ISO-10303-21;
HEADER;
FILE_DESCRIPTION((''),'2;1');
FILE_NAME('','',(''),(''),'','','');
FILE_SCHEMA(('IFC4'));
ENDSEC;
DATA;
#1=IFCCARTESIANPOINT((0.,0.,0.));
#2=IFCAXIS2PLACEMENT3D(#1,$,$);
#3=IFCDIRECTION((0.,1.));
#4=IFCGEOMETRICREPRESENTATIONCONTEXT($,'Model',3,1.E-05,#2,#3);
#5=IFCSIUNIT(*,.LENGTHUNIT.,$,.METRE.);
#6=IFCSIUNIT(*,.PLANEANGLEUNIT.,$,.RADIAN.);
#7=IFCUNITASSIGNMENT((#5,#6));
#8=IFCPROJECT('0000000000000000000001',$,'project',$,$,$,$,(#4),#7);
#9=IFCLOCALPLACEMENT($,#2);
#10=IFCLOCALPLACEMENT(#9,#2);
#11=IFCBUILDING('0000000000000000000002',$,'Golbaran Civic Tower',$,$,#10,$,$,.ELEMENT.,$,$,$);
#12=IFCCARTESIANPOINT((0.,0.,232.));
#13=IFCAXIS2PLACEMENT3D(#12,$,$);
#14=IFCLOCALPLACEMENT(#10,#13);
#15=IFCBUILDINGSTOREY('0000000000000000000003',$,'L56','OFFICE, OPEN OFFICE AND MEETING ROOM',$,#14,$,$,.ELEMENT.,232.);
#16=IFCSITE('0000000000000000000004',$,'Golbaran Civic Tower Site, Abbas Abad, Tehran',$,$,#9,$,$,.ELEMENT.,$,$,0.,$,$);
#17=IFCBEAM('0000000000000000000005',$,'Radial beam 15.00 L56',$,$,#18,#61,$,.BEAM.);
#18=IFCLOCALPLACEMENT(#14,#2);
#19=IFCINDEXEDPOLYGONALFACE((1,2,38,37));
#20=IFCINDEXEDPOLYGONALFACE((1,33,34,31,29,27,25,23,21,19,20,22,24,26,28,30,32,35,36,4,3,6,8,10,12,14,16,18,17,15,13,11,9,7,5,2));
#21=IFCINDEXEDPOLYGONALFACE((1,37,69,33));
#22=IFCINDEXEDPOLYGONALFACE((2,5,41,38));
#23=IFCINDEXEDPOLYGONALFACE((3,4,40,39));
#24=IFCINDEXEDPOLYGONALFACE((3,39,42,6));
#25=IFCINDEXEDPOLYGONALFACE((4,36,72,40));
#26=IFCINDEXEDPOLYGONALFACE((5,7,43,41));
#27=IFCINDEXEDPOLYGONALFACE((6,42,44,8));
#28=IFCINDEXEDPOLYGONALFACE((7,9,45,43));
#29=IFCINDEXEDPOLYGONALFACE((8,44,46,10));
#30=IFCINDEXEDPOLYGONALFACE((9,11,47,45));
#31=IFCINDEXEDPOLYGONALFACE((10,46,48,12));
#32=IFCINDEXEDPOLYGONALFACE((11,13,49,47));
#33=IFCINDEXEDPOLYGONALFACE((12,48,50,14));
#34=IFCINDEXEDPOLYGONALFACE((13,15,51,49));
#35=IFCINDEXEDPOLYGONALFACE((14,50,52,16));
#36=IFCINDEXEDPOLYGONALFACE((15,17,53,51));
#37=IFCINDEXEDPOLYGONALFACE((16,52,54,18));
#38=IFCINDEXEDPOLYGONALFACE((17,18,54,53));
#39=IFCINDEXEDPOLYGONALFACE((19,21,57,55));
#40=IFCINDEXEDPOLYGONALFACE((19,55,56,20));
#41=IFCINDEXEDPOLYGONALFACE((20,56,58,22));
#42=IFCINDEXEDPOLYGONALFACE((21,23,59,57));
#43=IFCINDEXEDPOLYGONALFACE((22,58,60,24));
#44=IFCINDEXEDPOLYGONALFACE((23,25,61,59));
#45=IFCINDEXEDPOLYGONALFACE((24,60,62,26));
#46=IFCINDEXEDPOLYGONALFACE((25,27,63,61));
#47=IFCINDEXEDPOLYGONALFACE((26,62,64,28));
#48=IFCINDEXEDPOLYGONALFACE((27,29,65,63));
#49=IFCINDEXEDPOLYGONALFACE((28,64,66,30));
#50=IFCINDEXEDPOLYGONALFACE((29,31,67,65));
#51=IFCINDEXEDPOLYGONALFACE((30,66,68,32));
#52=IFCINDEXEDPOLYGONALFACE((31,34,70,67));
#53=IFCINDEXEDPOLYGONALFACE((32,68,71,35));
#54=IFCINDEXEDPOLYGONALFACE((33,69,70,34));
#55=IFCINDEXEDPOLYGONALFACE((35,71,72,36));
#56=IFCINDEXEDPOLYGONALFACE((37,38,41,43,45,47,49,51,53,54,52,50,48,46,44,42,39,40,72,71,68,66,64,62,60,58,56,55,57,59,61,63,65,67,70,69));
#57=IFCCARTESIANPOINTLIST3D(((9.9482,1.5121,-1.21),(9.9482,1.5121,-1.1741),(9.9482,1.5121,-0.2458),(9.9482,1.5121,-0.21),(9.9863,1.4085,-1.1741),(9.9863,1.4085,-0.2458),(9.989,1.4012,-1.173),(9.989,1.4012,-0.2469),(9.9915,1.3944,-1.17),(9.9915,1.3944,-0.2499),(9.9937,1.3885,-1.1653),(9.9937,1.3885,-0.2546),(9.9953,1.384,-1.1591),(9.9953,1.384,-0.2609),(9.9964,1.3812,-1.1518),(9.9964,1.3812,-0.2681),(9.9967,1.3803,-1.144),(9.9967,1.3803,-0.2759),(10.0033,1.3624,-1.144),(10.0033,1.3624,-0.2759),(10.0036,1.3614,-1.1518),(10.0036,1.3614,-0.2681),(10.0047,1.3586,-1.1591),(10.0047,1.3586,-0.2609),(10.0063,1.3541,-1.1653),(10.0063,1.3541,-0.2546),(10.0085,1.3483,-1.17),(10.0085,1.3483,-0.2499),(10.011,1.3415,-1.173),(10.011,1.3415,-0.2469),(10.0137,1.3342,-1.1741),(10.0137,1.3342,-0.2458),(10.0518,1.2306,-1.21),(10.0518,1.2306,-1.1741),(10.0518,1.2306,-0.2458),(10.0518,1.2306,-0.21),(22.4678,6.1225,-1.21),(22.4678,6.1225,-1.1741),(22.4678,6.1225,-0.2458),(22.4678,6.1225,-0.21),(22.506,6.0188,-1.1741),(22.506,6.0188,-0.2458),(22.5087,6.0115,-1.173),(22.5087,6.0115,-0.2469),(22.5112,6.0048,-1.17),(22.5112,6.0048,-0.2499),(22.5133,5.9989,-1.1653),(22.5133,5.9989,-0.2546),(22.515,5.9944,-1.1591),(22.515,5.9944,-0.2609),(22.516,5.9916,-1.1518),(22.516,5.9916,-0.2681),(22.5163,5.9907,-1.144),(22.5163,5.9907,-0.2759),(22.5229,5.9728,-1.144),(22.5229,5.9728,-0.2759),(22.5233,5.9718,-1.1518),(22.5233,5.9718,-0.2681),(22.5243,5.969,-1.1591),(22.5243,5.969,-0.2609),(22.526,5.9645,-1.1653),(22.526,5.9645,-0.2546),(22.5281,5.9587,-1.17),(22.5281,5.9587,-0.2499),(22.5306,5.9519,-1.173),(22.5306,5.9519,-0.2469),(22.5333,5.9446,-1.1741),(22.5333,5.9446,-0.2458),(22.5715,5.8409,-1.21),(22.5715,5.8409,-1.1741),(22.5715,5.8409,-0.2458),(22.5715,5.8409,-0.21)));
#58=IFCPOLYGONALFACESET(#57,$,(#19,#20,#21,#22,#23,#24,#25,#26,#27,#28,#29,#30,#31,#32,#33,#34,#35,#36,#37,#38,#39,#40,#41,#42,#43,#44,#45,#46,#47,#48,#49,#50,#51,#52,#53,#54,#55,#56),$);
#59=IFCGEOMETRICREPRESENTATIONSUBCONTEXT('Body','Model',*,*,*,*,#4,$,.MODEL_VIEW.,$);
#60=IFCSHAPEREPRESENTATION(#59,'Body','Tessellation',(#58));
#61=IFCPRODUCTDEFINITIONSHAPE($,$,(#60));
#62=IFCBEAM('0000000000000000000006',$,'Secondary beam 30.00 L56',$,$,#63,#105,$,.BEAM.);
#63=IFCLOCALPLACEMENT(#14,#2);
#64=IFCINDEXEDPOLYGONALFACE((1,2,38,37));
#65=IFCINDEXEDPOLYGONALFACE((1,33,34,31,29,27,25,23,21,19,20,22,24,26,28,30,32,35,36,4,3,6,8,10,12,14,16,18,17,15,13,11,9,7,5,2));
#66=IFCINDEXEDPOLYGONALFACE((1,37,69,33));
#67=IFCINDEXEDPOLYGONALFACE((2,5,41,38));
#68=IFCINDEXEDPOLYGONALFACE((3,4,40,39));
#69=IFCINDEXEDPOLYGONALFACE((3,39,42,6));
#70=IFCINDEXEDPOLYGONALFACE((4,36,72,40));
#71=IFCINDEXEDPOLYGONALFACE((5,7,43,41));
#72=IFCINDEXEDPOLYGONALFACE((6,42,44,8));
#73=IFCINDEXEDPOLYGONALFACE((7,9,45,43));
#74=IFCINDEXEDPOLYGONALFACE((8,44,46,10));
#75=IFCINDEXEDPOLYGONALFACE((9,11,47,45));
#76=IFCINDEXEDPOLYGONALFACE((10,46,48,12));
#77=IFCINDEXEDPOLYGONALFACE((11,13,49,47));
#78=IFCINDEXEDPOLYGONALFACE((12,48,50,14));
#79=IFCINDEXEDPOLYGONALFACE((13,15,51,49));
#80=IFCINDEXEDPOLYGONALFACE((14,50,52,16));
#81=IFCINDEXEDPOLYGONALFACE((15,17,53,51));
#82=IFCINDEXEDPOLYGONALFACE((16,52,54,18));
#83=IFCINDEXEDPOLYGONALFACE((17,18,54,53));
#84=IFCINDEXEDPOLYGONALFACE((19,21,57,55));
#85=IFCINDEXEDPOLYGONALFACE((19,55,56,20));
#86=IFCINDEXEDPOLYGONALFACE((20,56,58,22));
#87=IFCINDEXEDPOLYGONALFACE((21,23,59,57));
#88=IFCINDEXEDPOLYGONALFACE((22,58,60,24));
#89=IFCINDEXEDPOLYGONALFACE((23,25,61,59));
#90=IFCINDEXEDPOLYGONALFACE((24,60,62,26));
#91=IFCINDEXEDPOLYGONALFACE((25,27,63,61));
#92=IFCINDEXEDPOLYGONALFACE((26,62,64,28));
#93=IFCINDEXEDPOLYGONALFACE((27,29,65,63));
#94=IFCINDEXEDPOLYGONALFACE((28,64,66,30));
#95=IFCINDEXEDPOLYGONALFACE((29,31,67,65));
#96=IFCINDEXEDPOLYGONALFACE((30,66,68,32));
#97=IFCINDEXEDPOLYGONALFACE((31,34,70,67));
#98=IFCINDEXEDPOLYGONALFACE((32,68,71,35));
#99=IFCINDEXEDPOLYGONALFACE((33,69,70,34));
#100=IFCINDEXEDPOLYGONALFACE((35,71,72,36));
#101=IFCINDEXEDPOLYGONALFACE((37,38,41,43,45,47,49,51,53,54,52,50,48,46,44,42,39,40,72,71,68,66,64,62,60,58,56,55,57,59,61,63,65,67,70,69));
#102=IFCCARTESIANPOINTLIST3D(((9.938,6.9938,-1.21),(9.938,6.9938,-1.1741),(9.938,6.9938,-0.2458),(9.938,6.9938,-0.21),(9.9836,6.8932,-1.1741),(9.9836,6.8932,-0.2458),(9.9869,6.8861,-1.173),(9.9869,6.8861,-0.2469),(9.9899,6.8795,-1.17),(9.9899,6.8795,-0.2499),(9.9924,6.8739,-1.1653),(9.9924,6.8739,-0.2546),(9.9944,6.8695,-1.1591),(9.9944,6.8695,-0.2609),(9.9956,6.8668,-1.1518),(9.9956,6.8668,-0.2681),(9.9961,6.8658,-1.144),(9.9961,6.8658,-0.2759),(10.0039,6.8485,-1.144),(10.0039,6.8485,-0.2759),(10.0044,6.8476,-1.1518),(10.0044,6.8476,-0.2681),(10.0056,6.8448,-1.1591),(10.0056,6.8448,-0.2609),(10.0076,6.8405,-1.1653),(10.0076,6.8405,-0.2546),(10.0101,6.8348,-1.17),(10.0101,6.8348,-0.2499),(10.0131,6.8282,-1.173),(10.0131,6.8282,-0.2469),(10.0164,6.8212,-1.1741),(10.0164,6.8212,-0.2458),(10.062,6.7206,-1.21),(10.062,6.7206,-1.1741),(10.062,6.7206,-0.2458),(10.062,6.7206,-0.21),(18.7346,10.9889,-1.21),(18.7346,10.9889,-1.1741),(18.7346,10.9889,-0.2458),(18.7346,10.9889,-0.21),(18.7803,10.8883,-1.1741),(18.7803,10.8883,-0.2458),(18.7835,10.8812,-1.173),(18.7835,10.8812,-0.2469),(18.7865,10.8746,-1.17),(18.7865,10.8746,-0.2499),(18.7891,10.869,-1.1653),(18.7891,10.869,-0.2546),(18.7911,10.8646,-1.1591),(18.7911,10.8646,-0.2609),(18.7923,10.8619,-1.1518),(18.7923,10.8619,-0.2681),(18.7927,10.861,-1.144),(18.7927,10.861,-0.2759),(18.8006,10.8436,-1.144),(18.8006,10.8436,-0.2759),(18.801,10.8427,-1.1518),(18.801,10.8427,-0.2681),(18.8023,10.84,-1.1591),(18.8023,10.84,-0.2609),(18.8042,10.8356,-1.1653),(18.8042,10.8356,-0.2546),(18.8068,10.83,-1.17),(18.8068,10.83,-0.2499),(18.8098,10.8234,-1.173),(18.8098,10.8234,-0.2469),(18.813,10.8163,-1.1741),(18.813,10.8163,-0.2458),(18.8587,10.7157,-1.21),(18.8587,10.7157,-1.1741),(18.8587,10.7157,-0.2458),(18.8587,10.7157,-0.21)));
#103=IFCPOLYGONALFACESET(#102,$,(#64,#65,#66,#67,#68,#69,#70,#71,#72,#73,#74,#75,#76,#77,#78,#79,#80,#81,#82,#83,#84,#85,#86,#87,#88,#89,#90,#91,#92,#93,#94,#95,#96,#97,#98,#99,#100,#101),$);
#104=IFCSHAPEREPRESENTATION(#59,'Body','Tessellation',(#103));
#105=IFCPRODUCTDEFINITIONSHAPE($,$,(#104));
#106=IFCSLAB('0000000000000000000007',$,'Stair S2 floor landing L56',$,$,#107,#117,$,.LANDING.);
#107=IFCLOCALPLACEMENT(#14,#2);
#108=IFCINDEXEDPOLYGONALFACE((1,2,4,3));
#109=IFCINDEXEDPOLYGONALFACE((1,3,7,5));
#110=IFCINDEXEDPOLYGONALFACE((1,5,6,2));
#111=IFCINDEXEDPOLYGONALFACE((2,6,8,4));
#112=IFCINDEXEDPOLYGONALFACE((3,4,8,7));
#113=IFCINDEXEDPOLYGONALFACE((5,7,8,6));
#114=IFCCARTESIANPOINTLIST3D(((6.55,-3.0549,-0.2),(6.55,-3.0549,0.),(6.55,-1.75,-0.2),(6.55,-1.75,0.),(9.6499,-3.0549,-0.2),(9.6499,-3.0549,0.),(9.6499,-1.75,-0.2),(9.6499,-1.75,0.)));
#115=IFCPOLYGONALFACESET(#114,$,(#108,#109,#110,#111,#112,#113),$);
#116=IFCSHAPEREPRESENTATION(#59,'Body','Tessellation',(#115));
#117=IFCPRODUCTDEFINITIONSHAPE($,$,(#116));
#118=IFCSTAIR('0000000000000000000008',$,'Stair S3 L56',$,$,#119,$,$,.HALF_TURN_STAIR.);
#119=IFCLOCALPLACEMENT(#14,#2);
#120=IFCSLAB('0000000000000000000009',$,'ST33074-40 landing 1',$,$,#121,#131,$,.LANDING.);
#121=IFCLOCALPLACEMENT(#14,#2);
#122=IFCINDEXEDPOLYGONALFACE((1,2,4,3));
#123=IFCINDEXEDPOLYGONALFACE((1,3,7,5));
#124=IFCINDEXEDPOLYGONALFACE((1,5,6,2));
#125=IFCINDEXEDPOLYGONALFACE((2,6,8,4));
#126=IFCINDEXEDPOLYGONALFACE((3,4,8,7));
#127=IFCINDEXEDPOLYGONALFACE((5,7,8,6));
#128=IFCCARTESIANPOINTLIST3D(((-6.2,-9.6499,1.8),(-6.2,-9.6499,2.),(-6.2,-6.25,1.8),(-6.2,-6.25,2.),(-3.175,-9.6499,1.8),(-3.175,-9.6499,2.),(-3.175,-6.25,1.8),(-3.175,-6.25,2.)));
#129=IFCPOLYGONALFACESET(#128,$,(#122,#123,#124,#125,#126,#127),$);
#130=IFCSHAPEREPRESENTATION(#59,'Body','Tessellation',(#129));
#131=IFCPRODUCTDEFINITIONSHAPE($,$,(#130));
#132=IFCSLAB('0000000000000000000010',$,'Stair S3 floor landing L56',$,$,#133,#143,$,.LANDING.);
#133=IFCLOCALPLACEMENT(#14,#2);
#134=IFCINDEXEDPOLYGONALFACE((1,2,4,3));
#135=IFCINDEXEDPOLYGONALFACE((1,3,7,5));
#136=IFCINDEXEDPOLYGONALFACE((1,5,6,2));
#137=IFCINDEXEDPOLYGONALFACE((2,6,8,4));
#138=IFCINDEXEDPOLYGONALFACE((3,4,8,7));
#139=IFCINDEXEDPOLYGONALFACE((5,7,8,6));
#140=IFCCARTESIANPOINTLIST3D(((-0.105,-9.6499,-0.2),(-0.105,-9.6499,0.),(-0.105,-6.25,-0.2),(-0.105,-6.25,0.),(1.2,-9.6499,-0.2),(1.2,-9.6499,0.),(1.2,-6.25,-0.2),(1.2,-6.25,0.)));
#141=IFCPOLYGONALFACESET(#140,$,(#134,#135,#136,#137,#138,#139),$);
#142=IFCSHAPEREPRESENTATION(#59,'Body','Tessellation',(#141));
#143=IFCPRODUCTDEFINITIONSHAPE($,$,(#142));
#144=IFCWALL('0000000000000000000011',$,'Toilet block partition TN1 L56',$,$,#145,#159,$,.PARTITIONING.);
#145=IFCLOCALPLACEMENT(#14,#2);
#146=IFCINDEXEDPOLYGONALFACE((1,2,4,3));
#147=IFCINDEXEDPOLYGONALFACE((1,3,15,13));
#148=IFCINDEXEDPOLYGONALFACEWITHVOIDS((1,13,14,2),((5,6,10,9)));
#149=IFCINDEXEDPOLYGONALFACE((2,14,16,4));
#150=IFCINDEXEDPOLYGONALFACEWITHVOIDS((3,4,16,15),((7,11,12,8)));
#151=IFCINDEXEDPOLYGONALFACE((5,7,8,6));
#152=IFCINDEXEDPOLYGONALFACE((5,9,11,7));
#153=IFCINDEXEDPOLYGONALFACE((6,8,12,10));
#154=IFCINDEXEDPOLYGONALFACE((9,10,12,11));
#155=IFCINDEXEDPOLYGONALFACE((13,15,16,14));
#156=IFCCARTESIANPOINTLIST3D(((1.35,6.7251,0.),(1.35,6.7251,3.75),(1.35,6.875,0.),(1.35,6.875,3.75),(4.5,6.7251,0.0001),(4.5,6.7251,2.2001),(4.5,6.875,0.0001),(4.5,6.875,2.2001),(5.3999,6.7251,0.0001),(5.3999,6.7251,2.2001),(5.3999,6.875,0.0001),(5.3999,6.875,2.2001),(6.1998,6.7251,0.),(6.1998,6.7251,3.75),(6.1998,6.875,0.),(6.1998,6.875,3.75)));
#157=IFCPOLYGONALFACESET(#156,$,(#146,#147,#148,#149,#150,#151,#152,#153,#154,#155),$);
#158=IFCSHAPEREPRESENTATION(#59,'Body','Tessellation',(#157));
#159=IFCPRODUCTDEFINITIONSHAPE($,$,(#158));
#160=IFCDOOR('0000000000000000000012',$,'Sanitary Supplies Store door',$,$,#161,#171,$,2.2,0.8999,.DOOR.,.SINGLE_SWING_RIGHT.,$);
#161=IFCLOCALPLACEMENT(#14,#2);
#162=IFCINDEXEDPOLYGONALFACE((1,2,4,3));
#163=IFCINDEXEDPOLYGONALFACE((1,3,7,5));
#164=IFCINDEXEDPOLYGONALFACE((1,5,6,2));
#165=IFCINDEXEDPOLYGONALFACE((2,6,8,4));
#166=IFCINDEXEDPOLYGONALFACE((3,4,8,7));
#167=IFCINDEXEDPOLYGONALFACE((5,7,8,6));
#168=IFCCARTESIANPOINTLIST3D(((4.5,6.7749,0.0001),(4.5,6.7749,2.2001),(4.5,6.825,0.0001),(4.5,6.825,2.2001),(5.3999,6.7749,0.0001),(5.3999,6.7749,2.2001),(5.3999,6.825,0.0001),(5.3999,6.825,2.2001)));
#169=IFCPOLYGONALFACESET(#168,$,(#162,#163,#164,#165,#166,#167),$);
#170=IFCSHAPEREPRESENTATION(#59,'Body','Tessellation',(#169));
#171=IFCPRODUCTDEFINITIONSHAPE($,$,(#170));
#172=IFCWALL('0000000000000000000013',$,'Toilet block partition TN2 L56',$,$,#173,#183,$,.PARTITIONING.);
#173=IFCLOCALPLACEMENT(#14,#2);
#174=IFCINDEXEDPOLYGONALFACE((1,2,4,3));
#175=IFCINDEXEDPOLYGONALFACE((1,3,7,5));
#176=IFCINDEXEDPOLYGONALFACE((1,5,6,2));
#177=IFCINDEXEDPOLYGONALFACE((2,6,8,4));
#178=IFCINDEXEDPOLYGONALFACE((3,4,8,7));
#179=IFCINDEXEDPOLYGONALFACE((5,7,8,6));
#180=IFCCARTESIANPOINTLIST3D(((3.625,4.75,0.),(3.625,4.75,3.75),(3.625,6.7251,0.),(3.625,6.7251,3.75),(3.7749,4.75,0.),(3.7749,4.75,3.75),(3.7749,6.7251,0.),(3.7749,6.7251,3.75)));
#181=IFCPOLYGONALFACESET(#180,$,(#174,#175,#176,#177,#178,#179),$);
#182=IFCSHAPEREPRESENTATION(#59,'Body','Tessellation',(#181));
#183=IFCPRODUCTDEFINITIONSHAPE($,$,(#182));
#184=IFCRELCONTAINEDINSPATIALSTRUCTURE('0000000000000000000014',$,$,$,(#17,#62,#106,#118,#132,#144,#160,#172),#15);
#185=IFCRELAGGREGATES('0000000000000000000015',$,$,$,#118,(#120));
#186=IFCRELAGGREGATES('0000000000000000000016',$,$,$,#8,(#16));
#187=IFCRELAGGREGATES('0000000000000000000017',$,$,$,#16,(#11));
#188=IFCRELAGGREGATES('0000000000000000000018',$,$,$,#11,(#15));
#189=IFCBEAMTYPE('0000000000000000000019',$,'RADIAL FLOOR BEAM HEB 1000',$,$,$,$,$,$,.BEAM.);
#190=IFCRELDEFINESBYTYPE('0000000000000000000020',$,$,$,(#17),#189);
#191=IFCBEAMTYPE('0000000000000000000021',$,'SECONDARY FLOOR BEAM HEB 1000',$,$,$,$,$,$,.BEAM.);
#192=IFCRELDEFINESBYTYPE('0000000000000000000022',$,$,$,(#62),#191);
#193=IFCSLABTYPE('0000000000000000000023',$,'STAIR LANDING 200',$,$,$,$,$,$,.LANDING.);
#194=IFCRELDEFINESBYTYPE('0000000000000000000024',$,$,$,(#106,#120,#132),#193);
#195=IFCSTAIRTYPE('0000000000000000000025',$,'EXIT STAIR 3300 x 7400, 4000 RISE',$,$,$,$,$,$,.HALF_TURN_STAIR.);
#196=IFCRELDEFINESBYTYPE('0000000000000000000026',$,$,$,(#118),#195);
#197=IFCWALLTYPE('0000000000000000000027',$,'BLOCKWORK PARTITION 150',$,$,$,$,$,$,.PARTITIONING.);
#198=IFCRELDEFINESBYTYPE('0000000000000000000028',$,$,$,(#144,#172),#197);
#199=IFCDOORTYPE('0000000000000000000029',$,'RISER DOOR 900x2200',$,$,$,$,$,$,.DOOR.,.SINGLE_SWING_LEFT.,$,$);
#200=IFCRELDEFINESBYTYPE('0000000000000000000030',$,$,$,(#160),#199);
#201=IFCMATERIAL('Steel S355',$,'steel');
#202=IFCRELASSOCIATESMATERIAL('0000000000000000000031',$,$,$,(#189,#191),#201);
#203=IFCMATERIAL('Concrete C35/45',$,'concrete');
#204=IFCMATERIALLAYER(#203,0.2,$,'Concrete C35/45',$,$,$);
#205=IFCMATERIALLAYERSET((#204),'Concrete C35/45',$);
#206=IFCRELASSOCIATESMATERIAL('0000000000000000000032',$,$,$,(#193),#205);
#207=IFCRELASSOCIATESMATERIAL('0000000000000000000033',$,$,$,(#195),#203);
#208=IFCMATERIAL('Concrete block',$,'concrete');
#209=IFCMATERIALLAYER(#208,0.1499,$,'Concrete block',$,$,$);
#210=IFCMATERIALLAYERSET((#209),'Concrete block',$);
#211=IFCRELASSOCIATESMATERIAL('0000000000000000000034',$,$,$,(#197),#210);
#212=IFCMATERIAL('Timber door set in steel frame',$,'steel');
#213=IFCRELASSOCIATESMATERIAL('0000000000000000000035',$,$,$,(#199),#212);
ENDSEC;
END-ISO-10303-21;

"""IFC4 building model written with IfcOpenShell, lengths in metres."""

from ifc_helpers import new_model, si_unit, direction, frame, frame_2d, origin, origin_2d, place, context, subcontext, project, spatial, polyline, rectangle, i_section, outline, extrude, material, layer, layer_set, material_profile, profile_set, type_object, element, fill, aggregate, save


model = new_model("IFC4")

# Units and contexts
model_context = context("Model", 3, precision=1e-05, world=origin(), true_north=direction((0.0, 1.0)))
body_context = subcontext(model_context, "Body", "Model", "MODEL_VIEW")
ifc_project = project(units=[si_unit("LENGTHUNIT", "METRE"), si_unit("PLANEANGLEUNIT", "RADIAN")], contexts=[model_context])

# Site, building, storey
site_placement = place(None, origin())
site = spatial("IfcSite", under=ifc_project, at=site_placement, Name="Golbaran Civic Tower Site, Abbas Abad, Tehran", CompositionType="ELEMENT", RefElevation=0.0)
building_placement = place(site_placement, origin())
building = spatial("IfcBuilding", under=site, at=building_placement, Name="Golbaran Civic Tower", CompositionType="ELEMENT")
storey_placement = place(building_placement, frame((0.0, 0.0, 232.0)))
storey = spatial("IfcBuildingStorey", under=building, at=storey_placement, Name="L56", Description="OFFICE, OPEN OFFICE AND MEETING ROOM", CompositionType="ELEMENT", Elevation=232.0)

# Beams
ifc_material_1 = material(Name="Steel S355", Category="steel")
ifc_material_profile_1 = material_profile(ifc_material_1, i_section(OverallWidth=0.3, OverallDepth=1.0, WebThickness=0.019, FlangeThickness=0.0359, FilletRadius=0.03, at=origin_2d()), Name="HEB 1000")
ifc_profile_set_1 = profile_set([ifc_material_profile_1], Name="Steel S355")
beam_type_1 = type_object("IfcBeamType", Name="RADIAL FLOOR BEAM HEB 1000", PredefinedType="BEAM", material=ifc_profile_set_1)
beam_1_placement = place(storey_placement, frame((10.0, 1.3713, -0.71), z_axis=(0.938394, 0.345566, 0.0), x_axis=(-0.345566, 0.938394, 0.0)))
element("IfcBeam", 1, at=beam_1_placement, inside=storey, type_object=beam_type_1, Name="Radial beam 15.00 L56", PredefinedType="BEAM", context=body_context, shape_type="SweptSolid", body=[
    extrude(i_section(OverallWidth=0.3, OverallDepth=1.0, WebThickness=0.019, FlangeThickness=0.0359, FilletRadius=0.03, at=origin_2d()), origin(), (0.0, 0.0, 1.0), 13.3416),
])
ifc_material_profile_2 = material_profile(ifc_material_1, i_section(OverallWidth=0.3, OverallDepth=1.0, WebThickness=0.019, FlangeThickness=0.0359, FilletRadius=0.03, at=origin_2d()), Name="HEB 1000")
ifc_profile_set_2 = profile_set([ifc_material_profile_2], Name="Steel S355")
beam_type_2 = type_object("IfcBeamType", Name="SECONDARY FLOOR BEAM HEB 1000", PredefinedType="BEAM", material=ifc_profile_set_2)
beam_2_placement = place(storey_placement, frame((10.0, 6.8572, -0.71), z_axis=(0.910497, 0.413515, 0.0), x_axis=(-0.413515, 0.910497, 0.0)))
element("IfcBeam", 2, at=beam_2_placement, inside=storey, type_object=beam_type_2, Name="Secondary beam 30.00 L56", PredefinedType="BEAM", context=body_context, shape_type="SweptSolid", body=[
    extrude(i_section(OverallWidth=0.3, OverallDepth=1.0, WebThickness=0.019, FlangeThickness=0.0359, FilletRadius=0.03, at=origin_2d()), origin(), (0.0, 0.0, 1.0), 9.6614),
])

# Slab
ifc_material_2 = material(Name="Concrete C35/45", Category="concrete")
ifc_layer_1 = layer(ifc_material_2, 0.2, Name="Concrete C35/45")
ifc_layer_set_1 = layer_set([ifc_layer_1], Name="Concrete C35/45")
slab_type = type_object("IfcSlabType", Name="STAIR LANDING 200", PredefinedType="LANDING", material=ifc_layer_set_1)
slab_1_placement = place(storey_placement, frame((0.0, 0.0, -0.2)))
element("IfcSlab", 3, at=slab_1_placement, inside=storey, type_object=slab_type, Name="Stair S2 floor landing L56", PredefinedType="LANDING", context=body_context, shape_type="SweptSolid", body=[
    extrude(outline(polyline([(9.6499, -1.75), (9.6499, -3.0549), (6.55, -3.0549), (6.55, -1.75), (9.6499, -1.75)])), origin(), (0.0, 0.0, 1.0), 0.2),
])

# Stair, slab
stair_type = type_object("IfcStairType", Name="EXIT STAIR 3300 x 7400, 4000 RISE", PredefinedType="HALF_TURN_STAIR", material=ifc_material_2)
stair_placement = place(storey_placement, origin())
stair = element("IfcStair", 4, at=stair_placement, inside=storey, type_object=stair_type, Name="Stair S3 L56", PredefinedType="HALF_TURN_STAIR")
slab_2_placement = place(storey_placement, frame((0.0, 0.0, 1.8)))
slab_2 = element("IfcSlab", 5, at=slab_2_placement, type_object=slab_type, Name="ST33074-40 landing 1", PredefinedType="LANDING", context=body_context, shape_type="SweptSolid", body=[
    extrude(outline(polyline([(-3.175, -9.6499), (-6.2, -9.6499), (-6.2, -6.25), (-3.175, -6.25), (-3.175, -9.6499)])), origin(), (0.0, 0.0, 1.0), 0.2),
])
aggregate(stair, [slab_2])

# Slab
slab_3_placement = place(storey_placement, frame((0.0, 0.0, -0.2)))
element("IfcSlab", 6, at=slab_3_placement, inside=storey, type_object=slab_type, Name="Stair S3 floor landing L56", PredefinedType="LANDING", context=body_context, shape_type="SweptSolid", body=[
    extrude(outline(polyline([(1.2, -9.6499), (-0.105, -9.6499), (-0.105, -6.25), (1.2, -6.25), (1.2, -9.6499)])), origin(), (0.0, 0.0, 1.0), 0.2),
])

# Wall, opening, door
ifc_material_3 = material(Name="Concrete block", Category="concrete")
ifc_layer_2 = layer(ifc_material_3, 0.1499, Name="Concrete block")
ifc_layer_set_2 = layer_set([ifc_layer_2], Name="Concrete block")
wall_type_1 = type_object("IfcWallType", Name="BLOCKWORK PARTITION 150", PredefinedType="PARTITIONING", material=ifc_layer_set_2)
wall_1_placement = place(storey_placement, frame((1.3501, 6.8, 0.0), z_axis=(0.0, 0.0, 1.0), x_axis=(1.0, 0.0, 0.0)))
wall_1 = element("IfcWall", 7, at=wall_1_placement, inside=storey, type_object=wall_type_1, Name="Toilet block partition TN1 L56", PredefinedType="PARTITIONING", context=body_context, shape_type="SweptSolid", body=[
    extrude(rectangle(XDim=4.8499, YDim=0.1499, at=frame_2d((2.4248, 0.0))), origin(), (0.0, 0.0, 1.0), 3.75),
])
opening_1_placement = place(wall_1_placement, frame((3.1499, 0.0, 0.0)))
opening_1 = element("IfcOpeningElement", 8, at=opening_1_placement, cuts=wall_1, PredefinedType="OPENING", context=body_context, shape_type="SweptSolid", body=[
    extrude(rectangle(XDim=0.8999, YDim=2.2, at=frame_2d((0.45, 1.1001))), frame((0.0, 0.085, 0.0), z_axis=(0.0, -1.0, 0.0), x_axis=(1.0, 0.0, 0.0)), (0.0, 0.0, 1.0), 0.1699),
])
ifc_material_4 = material(Name="Timber door set in steel frame", Category="steel")
door_type_1 = type_object("IfcDoorType", Name="RISER DOOR 900x2200", OperationType="SINGLE_SWING_LEFT", PredefinedType="DOOR", material=ifc_material_4)
door_1_placement = place(opening_1_placement, origin())
door_1 = element("IfcDoor", 9, at=door_1_placement, inside=storey, type_object=door_type_1, Name="Sanitary Supplies Store door", OperationType="SINGLE_SWING_RIGHT", OverallHeight=2.2, OverallWidth=0.8999, PredefinedType="DOOR", context=body_context, shape_type="SweptSolid", body=[
    extrude(rectangle(XDim=0.8999, YDim=2.2, at=frame_2d((0.45, 1.1001))), frame((0.0, 0.0249, 0.0), z_axis=(0.0, -1.0, 0.0), x_axis=(1.0, 0.0, 0.0)), (0.0, 0.0, 1.0), 0.05),
])
fill(opening_1, door_1)

# Wall
wall_2_placement = place(storey_placement, frame((3.7, 4.75, 0.0), z_axis=(0.0, 0.0, 1.0), x_axis=(0.0, 1.0, 0.0)))
element("IfcWall", 10, at=wall_2_placement, inside=storey, type_object=wall_type_1, Name="Toilet block partition TN2 L56", PredefinedType="PARTITIONING", context=body_context, shape_type="SweptSolid", body=[
    extrude(rectangle(XDim=1.9751, YDim=0.1499, at=frame_2d((0.9875, 0.0))), origin(), (0.0, 0.0, 1.0), 3.75),
])

save(model, "model.ifc")
